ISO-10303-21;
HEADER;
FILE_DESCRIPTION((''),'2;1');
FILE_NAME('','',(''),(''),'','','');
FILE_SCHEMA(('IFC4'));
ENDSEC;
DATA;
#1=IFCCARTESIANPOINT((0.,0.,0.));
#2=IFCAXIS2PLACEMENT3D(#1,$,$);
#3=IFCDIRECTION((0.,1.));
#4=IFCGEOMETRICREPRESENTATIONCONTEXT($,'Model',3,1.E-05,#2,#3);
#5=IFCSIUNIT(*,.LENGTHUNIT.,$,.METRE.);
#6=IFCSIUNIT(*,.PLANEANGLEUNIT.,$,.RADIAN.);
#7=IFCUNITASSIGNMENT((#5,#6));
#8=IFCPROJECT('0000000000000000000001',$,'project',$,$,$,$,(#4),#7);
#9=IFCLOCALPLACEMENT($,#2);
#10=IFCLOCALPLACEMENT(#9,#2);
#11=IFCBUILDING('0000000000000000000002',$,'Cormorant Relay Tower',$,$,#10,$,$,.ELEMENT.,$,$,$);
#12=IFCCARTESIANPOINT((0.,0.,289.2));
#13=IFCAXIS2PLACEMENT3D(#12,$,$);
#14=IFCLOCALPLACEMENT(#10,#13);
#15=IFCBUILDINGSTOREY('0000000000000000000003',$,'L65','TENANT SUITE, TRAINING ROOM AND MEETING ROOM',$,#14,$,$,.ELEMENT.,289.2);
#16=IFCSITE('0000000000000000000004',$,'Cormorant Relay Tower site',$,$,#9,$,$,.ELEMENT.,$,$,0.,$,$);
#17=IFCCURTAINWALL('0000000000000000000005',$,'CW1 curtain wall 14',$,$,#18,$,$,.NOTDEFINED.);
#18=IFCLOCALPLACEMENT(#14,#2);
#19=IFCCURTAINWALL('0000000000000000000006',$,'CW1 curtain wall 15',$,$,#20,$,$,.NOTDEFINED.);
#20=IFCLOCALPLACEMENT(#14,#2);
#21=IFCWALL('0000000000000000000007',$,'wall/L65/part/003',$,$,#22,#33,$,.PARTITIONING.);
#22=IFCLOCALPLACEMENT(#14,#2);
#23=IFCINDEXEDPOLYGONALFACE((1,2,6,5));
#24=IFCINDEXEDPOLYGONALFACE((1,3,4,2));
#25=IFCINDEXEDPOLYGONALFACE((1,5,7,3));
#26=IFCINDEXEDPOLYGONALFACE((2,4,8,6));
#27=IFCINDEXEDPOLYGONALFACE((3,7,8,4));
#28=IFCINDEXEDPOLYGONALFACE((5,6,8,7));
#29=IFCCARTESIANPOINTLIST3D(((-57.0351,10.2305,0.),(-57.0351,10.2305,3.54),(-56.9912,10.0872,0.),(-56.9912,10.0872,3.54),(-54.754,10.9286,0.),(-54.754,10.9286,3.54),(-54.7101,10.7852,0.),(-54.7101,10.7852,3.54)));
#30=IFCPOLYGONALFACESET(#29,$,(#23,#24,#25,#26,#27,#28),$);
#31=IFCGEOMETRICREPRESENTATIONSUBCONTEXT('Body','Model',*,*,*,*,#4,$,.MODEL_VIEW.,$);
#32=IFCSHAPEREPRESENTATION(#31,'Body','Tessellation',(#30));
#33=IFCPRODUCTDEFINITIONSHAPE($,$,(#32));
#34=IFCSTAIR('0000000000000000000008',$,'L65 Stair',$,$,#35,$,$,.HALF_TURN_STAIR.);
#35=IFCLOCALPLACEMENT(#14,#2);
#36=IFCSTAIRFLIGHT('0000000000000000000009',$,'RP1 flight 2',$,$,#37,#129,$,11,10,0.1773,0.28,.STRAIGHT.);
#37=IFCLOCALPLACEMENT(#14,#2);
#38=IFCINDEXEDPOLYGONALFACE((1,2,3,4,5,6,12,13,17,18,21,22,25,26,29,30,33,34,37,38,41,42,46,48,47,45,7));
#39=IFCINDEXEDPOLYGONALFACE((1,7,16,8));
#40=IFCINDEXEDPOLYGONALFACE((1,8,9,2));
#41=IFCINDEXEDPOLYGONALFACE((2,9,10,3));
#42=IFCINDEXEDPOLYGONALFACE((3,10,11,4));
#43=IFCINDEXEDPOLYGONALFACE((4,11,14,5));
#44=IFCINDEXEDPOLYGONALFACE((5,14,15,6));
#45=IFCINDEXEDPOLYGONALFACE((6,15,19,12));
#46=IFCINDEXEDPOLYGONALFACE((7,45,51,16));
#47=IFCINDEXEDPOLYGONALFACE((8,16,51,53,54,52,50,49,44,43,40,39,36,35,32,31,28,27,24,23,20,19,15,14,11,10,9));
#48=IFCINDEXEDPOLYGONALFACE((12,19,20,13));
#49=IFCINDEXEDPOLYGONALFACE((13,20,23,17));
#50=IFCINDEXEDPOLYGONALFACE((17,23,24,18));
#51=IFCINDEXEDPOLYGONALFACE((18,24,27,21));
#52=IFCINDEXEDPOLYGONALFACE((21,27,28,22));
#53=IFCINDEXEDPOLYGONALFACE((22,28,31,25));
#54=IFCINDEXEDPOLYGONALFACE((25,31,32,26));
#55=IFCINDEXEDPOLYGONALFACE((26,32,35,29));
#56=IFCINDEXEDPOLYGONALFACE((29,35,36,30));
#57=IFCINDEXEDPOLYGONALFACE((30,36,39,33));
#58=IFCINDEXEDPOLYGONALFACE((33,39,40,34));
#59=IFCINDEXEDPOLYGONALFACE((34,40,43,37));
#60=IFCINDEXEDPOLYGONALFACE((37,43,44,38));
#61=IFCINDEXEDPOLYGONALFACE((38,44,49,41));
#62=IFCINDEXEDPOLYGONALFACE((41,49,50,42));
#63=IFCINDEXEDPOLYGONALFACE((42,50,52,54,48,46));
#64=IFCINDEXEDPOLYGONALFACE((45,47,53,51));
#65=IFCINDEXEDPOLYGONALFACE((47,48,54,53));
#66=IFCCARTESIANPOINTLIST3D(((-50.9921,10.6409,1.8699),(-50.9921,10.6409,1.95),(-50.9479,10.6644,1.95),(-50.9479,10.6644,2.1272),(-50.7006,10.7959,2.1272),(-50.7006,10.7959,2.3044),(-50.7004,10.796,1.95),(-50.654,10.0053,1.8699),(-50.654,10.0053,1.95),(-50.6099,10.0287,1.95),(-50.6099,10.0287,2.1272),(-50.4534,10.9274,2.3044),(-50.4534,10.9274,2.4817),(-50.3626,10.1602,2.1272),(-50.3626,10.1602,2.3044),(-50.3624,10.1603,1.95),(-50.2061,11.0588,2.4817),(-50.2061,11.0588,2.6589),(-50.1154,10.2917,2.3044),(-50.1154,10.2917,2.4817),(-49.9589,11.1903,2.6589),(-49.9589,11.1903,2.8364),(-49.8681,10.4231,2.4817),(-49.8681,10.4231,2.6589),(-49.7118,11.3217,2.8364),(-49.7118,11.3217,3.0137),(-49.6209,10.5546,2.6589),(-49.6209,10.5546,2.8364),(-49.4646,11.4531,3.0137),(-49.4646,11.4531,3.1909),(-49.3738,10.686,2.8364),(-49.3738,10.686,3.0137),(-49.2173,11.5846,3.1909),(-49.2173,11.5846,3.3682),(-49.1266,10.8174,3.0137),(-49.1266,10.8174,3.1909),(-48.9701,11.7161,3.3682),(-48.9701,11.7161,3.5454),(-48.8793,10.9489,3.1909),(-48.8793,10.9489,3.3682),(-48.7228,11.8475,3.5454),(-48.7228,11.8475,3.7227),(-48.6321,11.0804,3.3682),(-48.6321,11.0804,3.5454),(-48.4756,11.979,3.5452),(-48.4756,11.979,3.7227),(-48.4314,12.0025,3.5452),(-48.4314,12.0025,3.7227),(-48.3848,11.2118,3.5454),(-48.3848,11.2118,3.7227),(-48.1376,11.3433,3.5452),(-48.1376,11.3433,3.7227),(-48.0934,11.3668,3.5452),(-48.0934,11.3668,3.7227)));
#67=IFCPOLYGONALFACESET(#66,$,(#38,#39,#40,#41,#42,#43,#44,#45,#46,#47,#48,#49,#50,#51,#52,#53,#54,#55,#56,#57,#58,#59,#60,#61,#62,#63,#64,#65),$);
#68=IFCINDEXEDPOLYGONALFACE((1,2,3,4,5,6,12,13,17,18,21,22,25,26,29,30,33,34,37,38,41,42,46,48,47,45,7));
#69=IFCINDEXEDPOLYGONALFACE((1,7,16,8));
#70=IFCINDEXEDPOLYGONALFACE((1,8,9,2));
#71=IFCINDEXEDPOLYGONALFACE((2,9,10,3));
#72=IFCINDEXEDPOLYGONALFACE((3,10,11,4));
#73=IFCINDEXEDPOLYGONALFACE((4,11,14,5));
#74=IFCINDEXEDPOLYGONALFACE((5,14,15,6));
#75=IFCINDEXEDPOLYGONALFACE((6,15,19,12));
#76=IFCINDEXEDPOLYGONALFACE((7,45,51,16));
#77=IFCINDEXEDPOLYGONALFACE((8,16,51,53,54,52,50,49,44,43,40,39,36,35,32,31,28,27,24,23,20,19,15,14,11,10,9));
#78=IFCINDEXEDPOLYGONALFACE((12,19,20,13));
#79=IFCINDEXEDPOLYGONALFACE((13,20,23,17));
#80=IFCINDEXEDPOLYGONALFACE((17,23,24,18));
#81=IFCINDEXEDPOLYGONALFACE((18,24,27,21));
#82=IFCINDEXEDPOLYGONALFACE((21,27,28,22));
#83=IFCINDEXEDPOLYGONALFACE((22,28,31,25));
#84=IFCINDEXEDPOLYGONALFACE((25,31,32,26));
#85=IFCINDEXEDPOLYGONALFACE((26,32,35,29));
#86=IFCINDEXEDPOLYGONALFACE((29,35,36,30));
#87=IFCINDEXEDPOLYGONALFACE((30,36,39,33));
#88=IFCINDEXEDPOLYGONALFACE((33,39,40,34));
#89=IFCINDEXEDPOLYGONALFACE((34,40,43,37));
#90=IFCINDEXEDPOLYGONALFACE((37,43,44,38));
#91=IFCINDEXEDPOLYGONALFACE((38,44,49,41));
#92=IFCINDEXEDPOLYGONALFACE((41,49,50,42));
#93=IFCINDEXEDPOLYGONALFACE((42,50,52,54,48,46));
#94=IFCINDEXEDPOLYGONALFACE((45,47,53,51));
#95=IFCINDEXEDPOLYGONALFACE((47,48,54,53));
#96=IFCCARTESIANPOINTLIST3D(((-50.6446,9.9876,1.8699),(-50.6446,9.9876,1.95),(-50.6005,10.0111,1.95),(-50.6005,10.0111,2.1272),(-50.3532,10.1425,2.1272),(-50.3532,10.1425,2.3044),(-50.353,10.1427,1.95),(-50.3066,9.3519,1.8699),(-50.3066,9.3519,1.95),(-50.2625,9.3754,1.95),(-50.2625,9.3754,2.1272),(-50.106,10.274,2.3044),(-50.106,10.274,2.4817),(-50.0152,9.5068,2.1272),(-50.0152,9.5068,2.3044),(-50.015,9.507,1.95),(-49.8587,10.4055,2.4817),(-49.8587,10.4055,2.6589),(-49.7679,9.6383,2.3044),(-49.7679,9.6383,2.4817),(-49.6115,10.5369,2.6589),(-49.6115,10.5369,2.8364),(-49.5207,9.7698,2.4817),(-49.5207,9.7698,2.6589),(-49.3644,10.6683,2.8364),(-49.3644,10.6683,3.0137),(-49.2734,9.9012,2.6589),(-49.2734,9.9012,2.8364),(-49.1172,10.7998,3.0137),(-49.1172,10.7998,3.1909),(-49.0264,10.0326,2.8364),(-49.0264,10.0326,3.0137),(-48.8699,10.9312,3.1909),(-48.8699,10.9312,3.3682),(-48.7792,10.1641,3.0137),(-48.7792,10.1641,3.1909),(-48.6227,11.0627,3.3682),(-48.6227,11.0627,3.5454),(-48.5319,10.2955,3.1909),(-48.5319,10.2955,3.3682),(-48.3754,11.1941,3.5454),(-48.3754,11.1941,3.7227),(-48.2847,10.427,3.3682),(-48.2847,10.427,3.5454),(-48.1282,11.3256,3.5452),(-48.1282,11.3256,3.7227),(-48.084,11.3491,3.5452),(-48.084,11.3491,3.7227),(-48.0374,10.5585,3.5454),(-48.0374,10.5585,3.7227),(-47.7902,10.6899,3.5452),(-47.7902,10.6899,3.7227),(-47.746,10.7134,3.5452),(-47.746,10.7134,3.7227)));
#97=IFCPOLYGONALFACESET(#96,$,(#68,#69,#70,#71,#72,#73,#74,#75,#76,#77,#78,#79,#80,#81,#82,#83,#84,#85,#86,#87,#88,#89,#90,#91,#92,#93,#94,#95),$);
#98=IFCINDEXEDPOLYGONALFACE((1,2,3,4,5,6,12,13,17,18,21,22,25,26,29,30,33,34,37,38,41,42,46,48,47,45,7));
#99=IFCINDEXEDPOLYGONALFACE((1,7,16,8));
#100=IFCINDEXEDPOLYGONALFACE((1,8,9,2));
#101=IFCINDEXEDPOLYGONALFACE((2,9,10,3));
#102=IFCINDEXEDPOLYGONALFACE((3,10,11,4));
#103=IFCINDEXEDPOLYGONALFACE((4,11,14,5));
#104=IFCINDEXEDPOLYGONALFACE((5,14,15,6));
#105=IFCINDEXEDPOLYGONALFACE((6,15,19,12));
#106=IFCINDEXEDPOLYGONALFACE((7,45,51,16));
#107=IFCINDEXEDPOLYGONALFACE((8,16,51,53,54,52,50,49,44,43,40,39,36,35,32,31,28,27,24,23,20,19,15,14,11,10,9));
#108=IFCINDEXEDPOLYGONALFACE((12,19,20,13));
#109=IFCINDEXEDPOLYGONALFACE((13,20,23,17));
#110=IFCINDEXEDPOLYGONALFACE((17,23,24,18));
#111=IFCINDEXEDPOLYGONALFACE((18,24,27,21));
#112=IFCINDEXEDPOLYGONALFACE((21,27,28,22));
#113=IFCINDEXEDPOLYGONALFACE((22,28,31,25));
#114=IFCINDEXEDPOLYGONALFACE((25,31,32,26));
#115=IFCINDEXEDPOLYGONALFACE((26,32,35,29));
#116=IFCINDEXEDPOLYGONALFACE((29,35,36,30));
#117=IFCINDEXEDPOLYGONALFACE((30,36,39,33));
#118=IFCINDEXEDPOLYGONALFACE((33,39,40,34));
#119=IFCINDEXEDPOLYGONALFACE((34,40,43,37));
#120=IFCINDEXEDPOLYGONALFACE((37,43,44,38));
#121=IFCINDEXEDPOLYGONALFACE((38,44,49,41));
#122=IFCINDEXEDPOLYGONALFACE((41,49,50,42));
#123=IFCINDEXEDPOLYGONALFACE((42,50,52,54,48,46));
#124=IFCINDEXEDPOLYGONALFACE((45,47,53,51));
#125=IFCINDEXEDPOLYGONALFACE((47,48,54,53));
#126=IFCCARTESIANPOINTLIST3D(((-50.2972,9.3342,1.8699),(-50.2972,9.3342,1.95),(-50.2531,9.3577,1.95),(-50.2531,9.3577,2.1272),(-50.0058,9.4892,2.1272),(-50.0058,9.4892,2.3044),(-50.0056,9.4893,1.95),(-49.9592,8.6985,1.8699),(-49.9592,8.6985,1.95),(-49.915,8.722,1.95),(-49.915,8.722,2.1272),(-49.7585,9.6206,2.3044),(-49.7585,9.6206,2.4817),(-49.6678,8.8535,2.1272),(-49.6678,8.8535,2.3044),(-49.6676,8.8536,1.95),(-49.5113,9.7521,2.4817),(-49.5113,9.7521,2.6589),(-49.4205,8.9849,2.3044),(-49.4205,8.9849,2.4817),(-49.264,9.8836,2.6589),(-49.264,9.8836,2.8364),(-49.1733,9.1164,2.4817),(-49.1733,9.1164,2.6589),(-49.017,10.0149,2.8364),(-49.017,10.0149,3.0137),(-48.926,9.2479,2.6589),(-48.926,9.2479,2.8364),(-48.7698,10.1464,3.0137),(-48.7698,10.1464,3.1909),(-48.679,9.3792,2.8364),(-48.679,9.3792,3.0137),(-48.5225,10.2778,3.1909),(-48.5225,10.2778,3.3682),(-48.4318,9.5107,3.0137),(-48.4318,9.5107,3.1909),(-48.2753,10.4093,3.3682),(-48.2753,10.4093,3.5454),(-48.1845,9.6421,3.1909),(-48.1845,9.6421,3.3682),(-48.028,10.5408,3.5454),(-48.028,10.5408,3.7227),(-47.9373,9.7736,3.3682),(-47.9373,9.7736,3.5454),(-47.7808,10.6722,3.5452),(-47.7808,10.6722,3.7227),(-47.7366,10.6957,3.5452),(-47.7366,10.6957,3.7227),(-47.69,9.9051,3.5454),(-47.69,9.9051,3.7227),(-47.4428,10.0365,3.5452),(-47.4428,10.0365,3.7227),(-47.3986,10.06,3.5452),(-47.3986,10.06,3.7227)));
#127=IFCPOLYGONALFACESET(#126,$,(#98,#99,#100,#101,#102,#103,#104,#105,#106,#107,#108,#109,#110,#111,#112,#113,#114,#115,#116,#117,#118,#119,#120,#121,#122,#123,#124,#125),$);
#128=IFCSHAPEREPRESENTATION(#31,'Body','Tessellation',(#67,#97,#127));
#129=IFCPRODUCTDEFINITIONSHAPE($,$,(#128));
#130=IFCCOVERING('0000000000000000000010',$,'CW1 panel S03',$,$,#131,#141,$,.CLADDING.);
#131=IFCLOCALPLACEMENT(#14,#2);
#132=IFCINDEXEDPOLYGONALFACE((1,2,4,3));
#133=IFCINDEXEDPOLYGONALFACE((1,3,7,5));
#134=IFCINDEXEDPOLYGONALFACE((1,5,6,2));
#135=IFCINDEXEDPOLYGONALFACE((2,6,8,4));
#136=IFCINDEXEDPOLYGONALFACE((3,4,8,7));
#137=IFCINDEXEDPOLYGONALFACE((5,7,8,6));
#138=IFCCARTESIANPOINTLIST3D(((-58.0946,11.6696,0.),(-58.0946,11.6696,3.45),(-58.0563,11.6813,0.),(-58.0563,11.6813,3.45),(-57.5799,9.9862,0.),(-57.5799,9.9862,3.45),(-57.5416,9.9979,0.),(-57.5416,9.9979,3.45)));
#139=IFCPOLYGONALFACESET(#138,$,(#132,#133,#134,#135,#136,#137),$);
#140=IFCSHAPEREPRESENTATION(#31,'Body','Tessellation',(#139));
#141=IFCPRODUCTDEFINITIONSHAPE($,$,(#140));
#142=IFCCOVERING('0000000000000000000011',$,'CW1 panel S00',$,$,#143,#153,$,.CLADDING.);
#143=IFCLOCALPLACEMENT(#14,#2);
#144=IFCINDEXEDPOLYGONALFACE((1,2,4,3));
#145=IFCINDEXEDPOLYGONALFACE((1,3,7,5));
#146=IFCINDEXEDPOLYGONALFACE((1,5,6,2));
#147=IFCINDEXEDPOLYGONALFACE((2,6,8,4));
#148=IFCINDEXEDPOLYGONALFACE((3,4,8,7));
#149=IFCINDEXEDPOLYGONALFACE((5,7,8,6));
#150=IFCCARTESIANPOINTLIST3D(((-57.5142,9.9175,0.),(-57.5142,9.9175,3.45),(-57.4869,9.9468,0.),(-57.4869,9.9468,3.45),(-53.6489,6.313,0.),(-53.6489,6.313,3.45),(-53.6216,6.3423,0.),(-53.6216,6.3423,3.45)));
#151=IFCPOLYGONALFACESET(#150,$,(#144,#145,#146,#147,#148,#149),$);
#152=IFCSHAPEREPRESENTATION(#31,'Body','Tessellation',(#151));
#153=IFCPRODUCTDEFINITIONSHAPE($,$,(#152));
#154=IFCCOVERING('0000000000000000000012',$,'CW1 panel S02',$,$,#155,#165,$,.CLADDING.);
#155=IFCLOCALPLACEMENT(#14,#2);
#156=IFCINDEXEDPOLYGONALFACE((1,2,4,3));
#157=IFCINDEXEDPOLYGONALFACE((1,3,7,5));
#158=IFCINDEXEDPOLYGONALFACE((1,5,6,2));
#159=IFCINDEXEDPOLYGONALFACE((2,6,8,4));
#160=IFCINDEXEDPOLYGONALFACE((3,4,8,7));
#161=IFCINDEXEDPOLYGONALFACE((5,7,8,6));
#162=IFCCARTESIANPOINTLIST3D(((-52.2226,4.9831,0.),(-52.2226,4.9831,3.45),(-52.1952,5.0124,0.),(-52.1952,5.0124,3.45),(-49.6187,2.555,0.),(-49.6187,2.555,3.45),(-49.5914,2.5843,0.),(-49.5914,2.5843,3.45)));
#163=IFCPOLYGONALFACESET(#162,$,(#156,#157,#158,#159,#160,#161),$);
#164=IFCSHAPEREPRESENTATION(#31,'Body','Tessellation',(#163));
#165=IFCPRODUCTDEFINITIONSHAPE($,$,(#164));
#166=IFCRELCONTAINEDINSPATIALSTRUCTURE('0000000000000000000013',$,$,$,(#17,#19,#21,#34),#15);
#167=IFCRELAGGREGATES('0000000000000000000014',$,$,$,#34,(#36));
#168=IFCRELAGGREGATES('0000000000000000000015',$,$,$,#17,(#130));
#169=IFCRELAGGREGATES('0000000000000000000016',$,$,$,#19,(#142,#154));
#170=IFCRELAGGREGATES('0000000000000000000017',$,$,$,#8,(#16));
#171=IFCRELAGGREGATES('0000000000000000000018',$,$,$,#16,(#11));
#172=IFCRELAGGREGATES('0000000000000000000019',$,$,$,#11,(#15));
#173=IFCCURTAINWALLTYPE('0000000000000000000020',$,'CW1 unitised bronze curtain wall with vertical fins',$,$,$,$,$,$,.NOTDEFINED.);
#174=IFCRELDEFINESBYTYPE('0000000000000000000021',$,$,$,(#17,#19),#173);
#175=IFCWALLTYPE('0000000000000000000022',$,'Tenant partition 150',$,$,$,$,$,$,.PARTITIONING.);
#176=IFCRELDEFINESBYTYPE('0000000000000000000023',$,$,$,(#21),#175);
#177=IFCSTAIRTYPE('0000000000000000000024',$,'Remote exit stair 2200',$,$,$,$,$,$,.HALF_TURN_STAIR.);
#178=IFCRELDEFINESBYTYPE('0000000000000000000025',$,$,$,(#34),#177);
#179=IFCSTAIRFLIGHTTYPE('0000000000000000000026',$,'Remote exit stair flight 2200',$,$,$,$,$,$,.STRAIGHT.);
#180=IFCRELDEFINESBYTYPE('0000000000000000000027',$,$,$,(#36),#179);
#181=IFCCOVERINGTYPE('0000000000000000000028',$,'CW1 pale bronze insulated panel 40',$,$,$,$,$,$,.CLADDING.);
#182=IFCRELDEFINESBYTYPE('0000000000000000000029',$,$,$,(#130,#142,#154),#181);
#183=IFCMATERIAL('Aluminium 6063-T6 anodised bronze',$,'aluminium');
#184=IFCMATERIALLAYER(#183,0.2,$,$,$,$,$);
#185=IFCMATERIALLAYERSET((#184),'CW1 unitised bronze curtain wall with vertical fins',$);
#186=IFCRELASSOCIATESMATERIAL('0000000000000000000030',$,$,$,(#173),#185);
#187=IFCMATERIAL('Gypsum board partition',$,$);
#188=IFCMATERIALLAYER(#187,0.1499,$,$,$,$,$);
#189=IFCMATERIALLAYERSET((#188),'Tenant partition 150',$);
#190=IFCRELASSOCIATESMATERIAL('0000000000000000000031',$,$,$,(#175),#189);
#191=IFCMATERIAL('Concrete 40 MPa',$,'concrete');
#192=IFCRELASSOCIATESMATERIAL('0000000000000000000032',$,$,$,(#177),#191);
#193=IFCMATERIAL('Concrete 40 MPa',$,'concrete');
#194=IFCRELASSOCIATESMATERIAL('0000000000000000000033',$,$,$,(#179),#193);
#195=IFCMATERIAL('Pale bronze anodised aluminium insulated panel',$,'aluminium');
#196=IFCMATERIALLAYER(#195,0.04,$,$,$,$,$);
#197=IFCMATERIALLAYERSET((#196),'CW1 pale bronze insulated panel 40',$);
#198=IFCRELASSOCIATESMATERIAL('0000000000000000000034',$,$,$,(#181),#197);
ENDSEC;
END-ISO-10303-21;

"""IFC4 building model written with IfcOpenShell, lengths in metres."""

from ifc_helpers import new_model, si_unit, direction, frame, frame_2d, origin, origin_2d, place, context, subcontext, project, spatial, polyline, rectangle, outline, extrude, material, layer, layer_set, type_object, element, aggregate, save


model = new_model("IFC4")

# Units and contexts
model_context = context("Model", 3, precision=1e-05, world=origin(), true_north=direction((0.0, 1.0)))
body_context = subcontext(model_context, "Body", "Model", "MODEL_VIEW")
ifc_project = project(units=[si_unit("LENGTHUNIT", "METRE"), si_unit("PLANEANGLEUNIT", "RADIAN")], contexts=[model_context])

# Site, building, storey
site_placement = place(None, origin())
site = spatial("IfcSite", under=ifc_project, at=site_placement, Name="Cormorant Relay Tower site", CompositionType="ELEMENT", RefElevation=0.0)
building_placement = place(site_placement, origin())
building = spatial("IfcBuilding", under=site, at=building_placement, Name="Cormorant Relay Tower", CompositionType="ELEMENT")
storey_placement = place(building_placement, frame((0.0, 0.0, 289.2)))
storey = spatial("IfcBuildingStorey", under=building, at=storey_placement, Name="L65", Description="TENANT SUITE, TRAINING ROOM AND MEETING ROOM", CompositionType="ELEMENT", Elevation=289.2)

# Curtain wall
ifc_material_1 = material(Name="Aluminium 6063-T6 anodised bronze", Category="aluminium")
ifc_layer_1 = layer(ifc_material_1, 0.2)
ifc_layer_set_1 = layer_set([ifc_layer_1], Name="CW1 unitised bronze curtain wall with vertical fins")
curtain_wall_type = type_object("IfcCurtainWallType", Name="CW1 unitised bronze curtain wall with vertical fins", PredefinedType="NOTDEFINED", material=ifc_layer_set_1)
curtain_wall_1_placement = place(storey_placement, origin())
curtain_wall_1 = element("IfcCurtainWall", 1, at=curtain_wall_1_placement, inside=storey, type_object=curtain_wall_type, Name="CW1 curtain wall 14", PredefinedType="NOTDEFINED")

# Curtain wall
curtain_wall_2_placement = place(storey_placement, origin())
curtain_wall_2 = element("IfcCurtainWall", 2, at=curtain_wall_2_placement, inside=storey, type_object=curtain_wall_type, Name="CW1 curtain wall 15", PredefinedType="NOTDEFINED")

# Wall
ifc_material_2 = material(Name="Gypsum board partition")
ifc_layer_2 = layer(ifc_material_2, 0.1499)
ifc_layer_set_2 = layer_set([ifc_layer_2], Name="Tenant partition 150")
wall_type_1 = type_object("IfcWallType", Name="Tenant partition 150", PredefinedType="PARTITIONING", material=ifc_layer_set_2)
wall_1_placement = place(storey_placement, frame((-54.7319, 10.8569, 0.0), z_axis=(0.0, 0.0, 1.0), x_axis=(-0.956232, -0.292611, 0.0)))
element("IfcWall", 3, at=wall_1_placement, inside=storey, type_object=wall_type_1, Name="wall/L65/part/003", PredefinedType="PARTITIONING", context=body_context, shape_type="SweptSolid", body=[
    extrude(rectangle(XDim=2.3855, YDim=0.1499, at=frame_2d((1.1929, 0.0))), origin(), (0.0, 0.0, 1.0), 3.54),
])

# Stair, stair flight
ifc_material_3 = material(Name="Concrete 40 MPa", Category="concrete")
stair_type = type_object("IfcStairType", Name="Remote exit stair 2200", PredefinedType="HALF_TURN_STAIR", material=ifc_material_3)
stair_placement = place(storey_placement, origin())
stair = element("IfcStair", 4, at=stair_placement, inside=storey, type_object=stair_type, Name="L65 Stair", PredefinedType="HALF_TURN_STAIR")
ifc_material_4 = material(Name="Concrete 40 MPa", Category="concrete")
stair_flight_type = type_object("IfcStairFlightType", Name="Remote exit stair flight 2200", PredefinedType="STRAIGHT", material=ifc_material_4)
stair_flight_placement = place(storey_placement, frame((-50.4314, 9.6931, 1.95), z_axis=(0.0, 0.0, 1.0), x_axis=(0.882948, 0.469472, 0.0)))
stair_flight = element("IfcStairFlight", 5, at=stair_flight_placement, type_object=stair_flight_type, Name="RP1 flight 2", NumberOfRisers=11, NumberOfTreads=10, PredefinedType="STRAIGHT", RiserHeight=0.1773, TreadLength=0.28, context=body_context, shape_type="SweptSolid", body=[
    extrude(outline(polyline([(-0.05, -0.0801), (-0.05, 0.0), (0.0, 0.0), (0.0, 0.1772), (0.28, 0.1772), (0.28, 0.3545), (0.5601, 0.3545), (0.5601, 0.5317), (0.8401, 0.5317), (0.8401, 0.709), (1.1201, 0.709), (1.1201, 0.8865), (1.3999, 0.8865), (1.3999, 1.0637), (1.6799, 1.0637), (1.6799, 1.241), (1.96, 1.241), (1.96, 1.4182), (2.24, 1.4182), (2.24, 1.5955), (2.52, 1.5955), (2.52, 1.7727), (2.8, 1.7727), (2.8501, 1.7727), (2.8501, 1.5952), (2.8, 1.5952), (0.2803, 0.0), (-0.05, -0.0801)])), frame((0.0, 1.1001, 0.0), z_axis=(0.0, -1.0, 0.0), x_axis=(1.0, 0.0, 0.0)), (0.0, 0.0, 1.0), 0.72),
    extrude(outline(polyline([(-0.05, -0.0801), (-0.05, 0.0), (0.0, 0.0), (0.0, 0.1772), (0.28, 0.1772), (0.28, 0.3545), (0.5601, 0.3545), (0.5601, 0.5317), (0.8401, 0.5317), (0.8401, 0.709), (1.1201, 0.709), (1.1201, 0.8865), (1.3999, 0.8865), (1.3999, 1.0637), (1.6799, 1.0637), (1.6799, 1.241), (1.96, 1.241), (1.96, 1.4182), (2.24, 1.4182), (2.24, 1.5955), (2.52, 1.5955), (2.52, 1.7727), (2.8, 1.7727), (2.8501, 1.7727), (2.8501, 1.5952), (2.8, 1.5952), (0.2803, 0.0), (-0.05, -0.0801)])), frame((0.0, 0.3601, 0.0), z_axis=(0.0, -1.0, 0.0), x_axis=(1.0, 0.0, 0.0)), (0.0, 0.0, 1.0), 0.72),
    extrude(outline(polyline([(-0.05, -0.0801), (-0.05, 0.0), (0.0, 0.0), (0.0, 0.1772), (0.28, 0.1772), (0.28, 0.3545), (0.5601, 0.3545), (0.5601, 0.5317), (0.8401, 0.5317), (0.8401, 0.709), (1.1201, 0.709), (1.1201, 0.8865), (1.3999, 0.8865), (1.3999, 1.0637), (1.6799, 1.0637), (1.6799, 1.241), (1.96, 1.241), (1.96, 1.4182), (2.24, 1.4182), (2.24, 1.5955), (2.52, 1.5955), (2.52, 1.7727), (2.8, 1.7727), (2.8501, 1.7727), (2.8501, 1.5952), (2.8, 1.5952), (0.2803, 0.0), (-0.05, -0.0801)])), frame((0.0, -0.3799, 0.0), z_axis=(0.0, -1.0, 0.0), x_axis=(1.0, 0.0, 0.0)), (0.0, 0.0, 1.0), 0.72),
])
aggregate(stair, [stair_flight])

# Coverings
ifc_material_5 = material(Name="Pale bronze anodised aluminium insulated panel", Category="aluminium")
ifc_layer_3 = layer(ifc_material_5, 0.04)
ifc_layer_set_3 = layer_set([ifc_layer_3], Name="CW1 pale bronze insulated panel 40")
covering_type = type_object("IfcCoveringType", Name="CW1 pale bronze insulated panel 40", PredefinedType="CLADDING", material=ifc_layer_set_3)
covering_1_placement = place(storey_placement, frame((-57.8181, 10.8337, 0.0), z_axis=(0.0, 0.0, 1.0), x_axis=(0.292372, -0.956305, 0.0)))
covering_1 = element("IfcCovering", 6, at=covering_1_placement, type_object=covering_type, Name="CW1 panel S03", PredefinedType="CLADDING", context=body_context, shape_type="SweptSolid", body=[
    extrude(rectangle(XDim=1.7603, YDim=0.04, at=origin_2d()), origin(), (0.0, 0.0, 1.0), 3.45),
])
aggregate(curtain_wall_1, [covering_1])
covering_2_placement = place(storey_placement, frame((-55.5679, 8.1299, 0.0), z_axis=(0.0, 0.0, 1.0), x_axis=(0.731354, -0.681998, 0.0)))
covering_2 = element("IfcCovering", 7, at=covering_2_placement, type_object=covering_type, Name="CW1 panel S00", PredefinedType="CLADDING", context=body_context, shape_type="SweptSolid", body=[
    extrude(rectangle(XDim=5.2852, YDim=0.04, at=origin_2d()), origin(), (0.0, 0.0, 1.0), 3.45),
])
covering_3_placement = place(storey_placement, frame((-50.907, 3.7837, 0.0), z_axis=(0.0, 0.0, 1.0), x_axis=(0.731354, -0.681998, 0.0)))
covering_3 = element("IfcCovering", 8, at=covering_3_placement, type_object=covering_type, Name="CW1 panel S02", PredefinedType="CLADDING", context=body_context, shape_type="SweptSolid", body=[
    extrude(rectangle(XDim=3.5603, YDim=0.04, at=origin_2d()), origin(), (0.0, 0.0, 1.0), 3.45),
])
aggregate(curtain_wall_2, [covering_2, covering_3])

save(model, "model.ifc")
